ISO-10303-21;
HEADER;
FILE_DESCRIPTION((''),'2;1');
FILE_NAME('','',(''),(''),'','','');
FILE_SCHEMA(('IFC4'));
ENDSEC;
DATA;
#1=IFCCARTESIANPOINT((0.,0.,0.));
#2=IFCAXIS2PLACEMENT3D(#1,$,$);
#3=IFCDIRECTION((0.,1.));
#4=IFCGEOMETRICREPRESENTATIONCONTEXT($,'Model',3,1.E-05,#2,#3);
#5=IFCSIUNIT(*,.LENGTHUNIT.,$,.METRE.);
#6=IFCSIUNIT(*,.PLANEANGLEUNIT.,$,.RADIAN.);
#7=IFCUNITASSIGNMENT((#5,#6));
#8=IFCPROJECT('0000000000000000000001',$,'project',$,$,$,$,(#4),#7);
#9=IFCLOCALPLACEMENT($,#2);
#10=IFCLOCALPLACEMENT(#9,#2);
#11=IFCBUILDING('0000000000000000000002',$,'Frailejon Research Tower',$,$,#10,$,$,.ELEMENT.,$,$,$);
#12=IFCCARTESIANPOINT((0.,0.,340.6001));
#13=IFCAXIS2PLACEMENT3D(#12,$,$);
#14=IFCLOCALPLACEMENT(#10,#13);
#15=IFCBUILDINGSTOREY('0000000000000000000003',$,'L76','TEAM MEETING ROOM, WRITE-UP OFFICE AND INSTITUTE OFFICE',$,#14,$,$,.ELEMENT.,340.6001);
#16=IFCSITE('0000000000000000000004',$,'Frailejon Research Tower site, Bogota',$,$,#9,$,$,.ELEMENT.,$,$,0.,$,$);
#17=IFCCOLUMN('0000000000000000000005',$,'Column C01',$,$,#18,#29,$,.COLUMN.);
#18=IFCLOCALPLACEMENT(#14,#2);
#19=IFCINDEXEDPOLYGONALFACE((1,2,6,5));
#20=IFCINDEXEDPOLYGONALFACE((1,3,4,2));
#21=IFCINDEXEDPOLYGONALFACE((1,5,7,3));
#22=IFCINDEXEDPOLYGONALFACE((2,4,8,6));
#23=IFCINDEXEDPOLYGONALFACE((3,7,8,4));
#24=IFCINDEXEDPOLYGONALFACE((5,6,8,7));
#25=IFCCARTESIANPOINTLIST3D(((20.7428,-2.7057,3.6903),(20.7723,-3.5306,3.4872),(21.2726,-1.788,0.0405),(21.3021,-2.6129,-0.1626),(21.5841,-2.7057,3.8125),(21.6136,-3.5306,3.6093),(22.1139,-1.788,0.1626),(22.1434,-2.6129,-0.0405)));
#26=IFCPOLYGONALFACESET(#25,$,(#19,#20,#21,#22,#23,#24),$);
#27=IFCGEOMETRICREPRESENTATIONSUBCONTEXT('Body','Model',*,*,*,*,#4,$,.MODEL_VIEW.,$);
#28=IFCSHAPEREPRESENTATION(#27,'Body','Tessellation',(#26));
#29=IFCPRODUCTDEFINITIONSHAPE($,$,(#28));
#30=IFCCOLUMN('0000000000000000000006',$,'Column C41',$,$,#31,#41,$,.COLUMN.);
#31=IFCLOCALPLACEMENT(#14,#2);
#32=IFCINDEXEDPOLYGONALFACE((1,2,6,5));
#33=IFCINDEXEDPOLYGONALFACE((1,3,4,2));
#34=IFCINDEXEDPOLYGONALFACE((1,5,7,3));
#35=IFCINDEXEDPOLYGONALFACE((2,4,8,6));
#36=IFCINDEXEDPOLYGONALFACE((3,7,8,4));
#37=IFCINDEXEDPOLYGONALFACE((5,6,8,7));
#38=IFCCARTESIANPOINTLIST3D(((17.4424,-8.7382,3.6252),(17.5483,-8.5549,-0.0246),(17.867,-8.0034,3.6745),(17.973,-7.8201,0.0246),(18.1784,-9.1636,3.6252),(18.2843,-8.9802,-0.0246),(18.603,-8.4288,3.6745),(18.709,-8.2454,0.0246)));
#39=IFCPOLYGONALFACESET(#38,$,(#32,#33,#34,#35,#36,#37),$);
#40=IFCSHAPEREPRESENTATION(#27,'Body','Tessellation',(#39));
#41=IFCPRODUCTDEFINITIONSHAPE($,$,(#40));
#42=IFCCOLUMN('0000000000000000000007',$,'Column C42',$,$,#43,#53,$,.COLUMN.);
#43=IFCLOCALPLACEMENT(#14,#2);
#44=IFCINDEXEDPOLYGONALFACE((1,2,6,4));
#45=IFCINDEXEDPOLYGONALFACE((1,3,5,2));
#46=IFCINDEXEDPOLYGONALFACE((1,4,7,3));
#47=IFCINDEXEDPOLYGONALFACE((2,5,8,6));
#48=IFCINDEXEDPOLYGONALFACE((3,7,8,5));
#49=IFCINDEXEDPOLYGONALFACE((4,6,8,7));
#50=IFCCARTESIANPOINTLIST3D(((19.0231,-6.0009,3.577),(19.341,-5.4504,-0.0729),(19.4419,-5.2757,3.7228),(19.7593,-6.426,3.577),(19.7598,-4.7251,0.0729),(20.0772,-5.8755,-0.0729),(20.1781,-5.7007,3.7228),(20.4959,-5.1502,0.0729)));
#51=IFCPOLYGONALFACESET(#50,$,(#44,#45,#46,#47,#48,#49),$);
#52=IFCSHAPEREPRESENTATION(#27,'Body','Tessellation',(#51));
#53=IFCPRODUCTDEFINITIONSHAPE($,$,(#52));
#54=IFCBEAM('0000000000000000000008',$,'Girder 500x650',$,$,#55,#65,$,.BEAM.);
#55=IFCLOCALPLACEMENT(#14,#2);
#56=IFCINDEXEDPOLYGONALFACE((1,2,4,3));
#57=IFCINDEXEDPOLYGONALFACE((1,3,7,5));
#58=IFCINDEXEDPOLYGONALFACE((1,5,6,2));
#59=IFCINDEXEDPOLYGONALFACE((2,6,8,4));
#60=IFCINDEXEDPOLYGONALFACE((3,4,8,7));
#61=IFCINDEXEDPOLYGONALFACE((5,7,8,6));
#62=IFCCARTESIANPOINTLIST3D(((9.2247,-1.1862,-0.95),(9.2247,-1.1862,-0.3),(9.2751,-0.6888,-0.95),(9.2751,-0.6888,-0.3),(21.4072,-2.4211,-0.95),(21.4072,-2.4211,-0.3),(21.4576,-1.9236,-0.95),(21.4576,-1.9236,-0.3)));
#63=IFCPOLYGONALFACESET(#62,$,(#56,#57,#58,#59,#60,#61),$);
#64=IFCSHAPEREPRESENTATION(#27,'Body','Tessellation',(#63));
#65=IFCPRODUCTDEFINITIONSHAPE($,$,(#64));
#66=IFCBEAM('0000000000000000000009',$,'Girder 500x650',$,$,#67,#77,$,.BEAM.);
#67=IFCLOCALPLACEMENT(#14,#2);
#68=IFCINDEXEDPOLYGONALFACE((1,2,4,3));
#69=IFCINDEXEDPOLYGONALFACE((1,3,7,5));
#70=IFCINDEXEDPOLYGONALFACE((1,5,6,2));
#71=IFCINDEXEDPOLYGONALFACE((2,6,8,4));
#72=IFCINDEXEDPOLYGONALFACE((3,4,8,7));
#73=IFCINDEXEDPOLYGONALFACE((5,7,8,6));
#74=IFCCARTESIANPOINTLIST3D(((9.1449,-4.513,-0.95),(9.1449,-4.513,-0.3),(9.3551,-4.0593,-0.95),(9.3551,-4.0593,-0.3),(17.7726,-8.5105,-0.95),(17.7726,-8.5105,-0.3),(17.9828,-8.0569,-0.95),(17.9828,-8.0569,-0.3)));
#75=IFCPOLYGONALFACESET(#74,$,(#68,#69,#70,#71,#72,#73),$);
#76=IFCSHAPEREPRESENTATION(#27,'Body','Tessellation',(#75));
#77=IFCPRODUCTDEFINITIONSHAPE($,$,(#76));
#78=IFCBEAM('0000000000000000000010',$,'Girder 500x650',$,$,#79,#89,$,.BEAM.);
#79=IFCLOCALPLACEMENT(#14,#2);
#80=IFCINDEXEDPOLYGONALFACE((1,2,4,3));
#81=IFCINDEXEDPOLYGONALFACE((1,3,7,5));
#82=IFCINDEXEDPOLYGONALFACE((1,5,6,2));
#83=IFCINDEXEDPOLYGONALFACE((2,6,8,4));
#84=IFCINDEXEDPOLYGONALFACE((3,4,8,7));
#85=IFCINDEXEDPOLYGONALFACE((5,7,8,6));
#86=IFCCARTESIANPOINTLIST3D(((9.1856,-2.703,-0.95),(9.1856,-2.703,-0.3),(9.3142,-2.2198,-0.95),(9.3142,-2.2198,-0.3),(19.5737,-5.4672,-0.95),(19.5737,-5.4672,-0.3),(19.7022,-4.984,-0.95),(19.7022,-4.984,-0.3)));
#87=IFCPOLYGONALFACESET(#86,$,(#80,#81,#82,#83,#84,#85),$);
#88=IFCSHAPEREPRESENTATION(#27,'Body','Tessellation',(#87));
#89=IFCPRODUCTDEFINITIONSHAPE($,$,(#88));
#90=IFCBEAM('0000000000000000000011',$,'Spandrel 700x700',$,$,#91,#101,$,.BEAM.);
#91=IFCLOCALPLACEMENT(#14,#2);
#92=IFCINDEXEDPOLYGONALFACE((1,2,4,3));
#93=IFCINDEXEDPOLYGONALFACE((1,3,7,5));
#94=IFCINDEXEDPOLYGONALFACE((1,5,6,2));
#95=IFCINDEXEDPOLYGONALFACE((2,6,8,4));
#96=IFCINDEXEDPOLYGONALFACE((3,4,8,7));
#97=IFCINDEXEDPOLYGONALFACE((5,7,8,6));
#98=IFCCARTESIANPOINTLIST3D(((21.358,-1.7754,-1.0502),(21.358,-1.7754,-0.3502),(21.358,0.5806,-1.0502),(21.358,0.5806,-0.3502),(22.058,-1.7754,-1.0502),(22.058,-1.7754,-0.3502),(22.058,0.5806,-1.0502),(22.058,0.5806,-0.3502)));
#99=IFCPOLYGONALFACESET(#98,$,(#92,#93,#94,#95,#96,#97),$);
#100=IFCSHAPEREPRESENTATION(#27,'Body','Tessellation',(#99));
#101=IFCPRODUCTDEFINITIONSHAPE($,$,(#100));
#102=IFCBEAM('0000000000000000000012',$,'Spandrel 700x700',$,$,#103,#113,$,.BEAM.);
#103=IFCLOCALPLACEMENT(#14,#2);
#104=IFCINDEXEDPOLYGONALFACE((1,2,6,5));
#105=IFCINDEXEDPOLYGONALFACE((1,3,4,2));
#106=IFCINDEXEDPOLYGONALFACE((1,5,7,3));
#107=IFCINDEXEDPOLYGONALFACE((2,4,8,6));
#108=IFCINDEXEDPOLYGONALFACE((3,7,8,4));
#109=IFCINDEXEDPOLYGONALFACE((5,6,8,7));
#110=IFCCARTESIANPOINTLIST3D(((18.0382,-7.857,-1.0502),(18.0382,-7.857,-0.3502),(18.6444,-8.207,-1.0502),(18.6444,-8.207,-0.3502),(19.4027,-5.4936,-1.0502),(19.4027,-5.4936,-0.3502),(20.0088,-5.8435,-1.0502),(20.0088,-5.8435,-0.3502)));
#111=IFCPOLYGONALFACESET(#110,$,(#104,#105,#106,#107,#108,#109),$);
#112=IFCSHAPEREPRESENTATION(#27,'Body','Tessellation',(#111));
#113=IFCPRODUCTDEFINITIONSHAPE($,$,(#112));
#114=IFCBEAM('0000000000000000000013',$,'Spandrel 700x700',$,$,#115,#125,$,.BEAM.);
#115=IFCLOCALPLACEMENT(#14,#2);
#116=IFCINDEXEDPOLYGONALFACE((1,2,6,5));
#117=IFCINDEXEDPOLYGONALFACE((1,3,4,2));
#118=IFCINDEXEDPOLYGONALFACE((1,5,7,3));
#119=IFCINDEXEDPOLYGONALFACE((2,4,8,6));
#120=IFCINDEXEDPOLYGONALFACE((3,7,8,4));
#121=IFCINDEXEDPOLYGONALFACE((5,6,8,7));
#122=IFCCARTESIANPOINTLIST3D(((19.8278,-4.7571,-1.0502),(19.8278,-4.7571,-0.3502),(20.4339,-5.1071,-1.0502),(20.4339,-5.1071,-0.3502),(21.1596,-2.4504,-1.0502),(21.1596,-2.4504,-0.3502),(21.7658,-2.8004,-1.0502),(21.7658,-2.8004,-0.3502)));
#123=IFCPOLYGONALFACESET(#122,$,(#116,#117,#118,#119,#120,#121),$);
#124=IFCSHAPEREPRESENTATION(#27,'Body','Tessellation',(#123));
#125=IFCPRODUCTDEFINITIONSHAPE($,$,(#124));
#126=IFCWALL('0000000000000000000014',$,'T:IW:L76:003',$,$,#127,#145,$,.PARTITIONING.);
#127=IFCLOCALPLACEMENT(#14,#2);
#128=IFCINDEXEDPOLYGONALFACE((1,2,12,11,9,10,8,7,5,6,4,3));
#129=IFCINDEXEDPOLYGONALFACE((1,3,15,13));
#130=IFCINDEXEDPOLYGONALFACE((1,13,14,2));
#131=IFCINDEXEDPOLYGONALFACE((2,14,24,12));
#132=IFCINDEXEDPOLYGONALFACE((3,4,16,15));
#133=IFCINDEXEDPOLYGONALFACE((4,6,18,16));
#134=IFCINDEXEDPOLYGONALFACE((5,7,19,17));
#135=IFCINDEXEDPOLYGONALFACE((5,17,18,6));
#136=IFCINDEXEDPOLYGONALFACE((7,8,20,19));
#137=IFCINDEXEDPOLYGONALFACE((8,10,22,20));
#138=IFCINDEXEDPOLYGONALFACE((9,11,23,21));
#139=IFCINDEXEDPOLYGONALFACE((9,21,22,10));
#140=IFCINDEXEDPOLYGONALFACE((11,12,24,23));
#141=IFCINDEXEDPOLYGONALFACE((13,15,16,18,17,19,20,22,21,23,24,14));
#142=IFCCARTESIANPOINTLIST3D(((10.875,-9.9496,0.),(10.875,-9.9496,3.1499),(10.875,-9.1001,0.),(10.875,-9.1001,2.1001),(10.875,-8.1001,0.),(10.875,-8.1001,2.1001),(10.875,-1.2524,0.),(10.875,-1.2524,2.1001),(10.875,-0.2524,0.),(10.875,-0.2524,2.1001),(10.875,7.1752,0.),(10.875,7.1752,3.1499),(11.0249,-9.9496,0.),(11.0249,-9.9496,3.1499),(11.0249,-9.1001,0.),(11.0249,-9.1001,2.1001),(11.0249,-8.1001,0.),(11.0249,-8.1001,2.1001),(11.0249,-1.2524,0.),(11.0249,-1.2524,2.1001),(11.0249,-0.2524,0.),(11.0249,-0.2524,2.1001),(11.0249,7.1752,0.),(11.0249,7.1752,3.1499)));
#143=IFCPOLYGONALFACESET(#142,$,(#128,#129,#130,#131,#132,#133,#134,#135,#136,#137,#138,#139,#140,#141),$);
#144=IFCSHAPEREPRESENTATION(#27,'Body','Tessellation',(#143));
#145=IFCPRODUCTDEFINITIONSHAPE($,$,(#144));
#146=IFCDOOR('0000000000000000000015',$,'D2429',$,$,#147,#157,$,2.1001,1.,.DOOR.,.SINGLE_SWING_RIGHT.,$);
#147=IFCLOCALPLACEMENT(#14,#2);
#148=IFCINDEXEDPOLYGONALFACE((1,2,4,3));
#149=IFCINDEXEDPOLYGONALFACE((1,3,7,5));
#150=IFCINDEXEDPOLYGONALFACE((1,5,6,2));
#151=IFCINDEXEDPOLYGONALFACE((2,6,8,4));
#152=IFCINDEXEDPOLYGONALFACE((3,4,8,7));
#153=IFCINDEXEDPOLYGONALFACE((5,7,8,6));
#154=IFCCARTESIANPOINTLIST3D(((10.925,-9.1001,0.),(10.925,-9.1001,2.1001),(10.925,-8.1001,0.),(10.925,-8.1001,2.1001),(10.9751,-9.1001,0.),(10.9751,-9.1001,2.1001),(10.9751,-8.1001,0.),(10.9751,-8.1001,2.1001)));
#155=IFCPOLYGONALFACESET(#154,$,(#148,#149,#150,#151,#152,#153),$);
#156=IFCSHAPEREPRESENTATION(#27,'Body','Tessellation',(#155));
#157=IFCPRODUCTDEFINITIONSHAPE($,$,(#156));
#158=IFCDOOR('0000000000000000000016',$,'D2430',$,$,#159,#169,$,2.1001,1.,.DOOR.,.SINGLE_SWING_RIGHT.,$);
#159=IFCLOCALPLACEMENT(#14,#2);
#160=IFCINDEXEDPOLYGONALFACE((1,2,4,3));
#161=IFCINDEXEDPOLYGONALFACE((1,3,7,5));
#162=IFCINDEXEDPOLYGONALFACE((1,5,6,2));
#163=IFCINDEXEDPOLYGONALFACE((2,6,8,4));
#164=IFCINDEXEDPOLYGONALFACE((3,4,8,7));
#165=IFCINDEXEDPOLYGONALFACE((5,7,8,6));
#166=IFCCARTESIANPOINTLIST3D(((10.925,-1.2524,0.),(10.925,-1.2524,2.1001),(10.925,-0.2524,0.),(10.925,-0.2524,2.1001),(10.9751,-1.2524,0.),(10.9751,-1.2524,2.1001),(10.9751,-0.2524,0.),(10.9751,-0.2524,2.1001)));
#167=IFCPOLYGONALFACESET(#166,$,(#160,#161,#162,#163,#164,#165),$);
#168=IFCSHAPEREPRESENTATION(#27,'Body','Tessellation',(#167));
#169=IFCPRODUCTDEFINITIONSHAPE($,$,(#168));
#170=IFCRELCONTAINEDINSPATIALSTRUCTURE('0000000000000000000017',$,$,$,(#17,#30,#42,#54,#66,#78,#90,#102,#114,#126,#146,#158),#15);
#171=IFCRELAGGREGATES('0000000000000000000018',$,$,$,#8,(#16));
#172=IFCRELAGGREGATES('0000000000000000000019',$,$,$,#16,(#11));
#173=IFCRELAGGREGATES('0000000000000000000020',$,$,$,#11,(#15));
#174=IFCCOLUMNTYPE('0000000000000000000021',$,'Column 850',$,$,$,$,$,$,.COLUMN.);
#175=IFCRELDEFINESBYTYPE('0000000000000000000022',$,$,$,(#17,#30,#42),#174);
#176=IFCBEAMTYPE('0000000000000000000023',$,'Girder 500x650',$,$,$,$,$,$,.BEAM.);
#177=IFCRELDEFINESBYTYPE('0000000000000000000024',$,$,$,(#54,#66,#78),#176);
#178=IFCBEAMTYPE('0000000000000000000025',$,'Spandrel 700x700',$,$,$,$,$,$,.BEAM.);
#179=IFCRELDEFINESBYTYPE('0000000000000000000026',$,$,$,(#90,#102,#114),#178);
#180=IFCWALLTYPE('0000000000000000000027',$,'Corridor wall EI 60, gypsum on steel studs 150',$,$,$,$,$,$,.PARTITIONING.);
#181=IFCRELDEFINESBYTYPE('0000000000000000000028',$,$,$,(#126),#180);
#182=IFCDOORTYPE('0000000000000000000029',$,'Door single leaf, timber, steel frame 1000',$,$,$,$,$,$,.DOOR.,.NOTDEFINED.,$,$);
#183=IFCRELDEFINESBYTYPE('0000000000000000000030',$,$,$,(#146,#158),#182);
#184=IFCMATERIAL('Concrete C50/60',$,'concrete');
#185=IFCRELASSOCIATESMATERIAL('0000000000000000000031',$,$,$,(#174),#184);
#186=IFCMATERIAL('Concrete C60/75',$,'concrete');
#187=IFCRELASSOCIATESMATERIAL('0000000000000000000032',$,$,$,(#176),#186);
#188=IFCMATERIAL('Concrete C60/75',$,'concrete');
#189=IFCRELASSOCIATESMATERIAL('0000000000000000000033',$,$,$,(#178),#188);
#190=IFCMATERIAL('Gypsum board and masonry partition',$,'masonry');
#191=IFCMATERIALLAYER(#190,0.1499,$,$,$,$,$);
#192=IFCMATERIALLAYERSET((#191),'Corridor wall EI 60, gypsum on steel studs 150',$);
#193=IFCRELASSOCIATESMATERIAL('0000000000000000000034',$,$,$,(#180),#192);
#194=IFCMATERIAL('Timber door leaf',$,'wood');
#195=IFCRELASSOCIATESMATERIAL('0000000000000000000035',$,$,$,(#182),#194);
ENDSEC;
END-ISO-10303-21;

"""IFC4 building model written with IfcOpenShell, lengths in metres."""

from ifc_helpers import new_model, si_unit, direction, frame, frame_2d, origin, origin_2d, place, context, subcontext, project, spatial, rectangle, extrude, material, layer, layer_set, material_profile, profile_set, type_object, element, fill, save


model = new_model("IFC4")

# Units and contexts
model_context = context("Model", 3, precision=1e-05, world=origin(), true_north=direction((0.0, 1.0)))
body_context = subcontext(model_context, "Body", "Model", "MODEL_VIEW")
ifc_project = project(units=[si_unit("LENGTHUNIT", "METRE"), si_unit("PLANEANGLEUNIT", "RADIAN")], contexts=[model_context])

# Site, building, storey
site_placement = place(None, origin())
site = spatial("IfcSite", under=ifc_project, at=site_placement, Name="Frailejon Research Tower site, Bogota", CompositionType="ELEMENT", RefElevation=0.0)
building_placement = place(site_placement, origin())
building = spatial("IfcBuilding", under=site, at=building_placement, Name="Frailejon Research Tower", CompositionType="ELEMENT")
storey_placement = place(building_placement, frame((0.0, 0.0, 340.6001)))
storey = spatial("IfcBuildingStorey", under=building, at=storey_placement, Name="L76", Description="TEAM MEETING ROOM, WRITE-UP OFFICE AND INSTITUTE OFFICE", CompositionType="ELEMENT", Elevation=340.6001)

# Columns
ifc_material_1 = material(Name="Concrete C50/60", Category="concrete")
ifc_material_profile_1 = material_profile(ifc_material_1, rectangle(XDim=0.8501, YDim=0.8501, at=origin_2d()), Name="Column 850")
ifc_profile_set_1 = profile_set([ifc_material_profile_1], Name="Concrete C50/60")
column_type = type_object("IfcColumnType", Name="Column 850", PredefinedType="COLUMN", material=ifc_profile_set_1)
column_1_placement = place(storey_placement, frame((21.708, -2.2004, 0.0), z_axis=(-0.139395, -0.241467, 0.960345), x_axis=(-0.034705, 0.970409, 0.23896)))
element("IfcColumn", 1, at=column_1_placement, inside=storey, type_object=column_type, Name="Column C01", PredefinedType="COLUMN", context=body_context, shape_type="SweptSolid", body=[
    extrude(rectangle(XDim=0.8501, YDim=0.8501, at=origin_2d()), origin(), (0.0, 0.0, 1.0), 3.8005),
])
column_2_placement = place(storey_placement, frame((18.1287, -8.4001, 0.0), z_axis=(-0.028981, -0.05015, 0.998321), x_axis=(0.499531, 0.864357, 0.057922)))
element("IfcColumn", 2, at=column_2_placement, inside=storey, type_object=column_type, Name="Column C41", PredefinedType="COLUMN", context=body_context, shape_type="SweptSolid", body=[
    extrude(rectangle(XDim=0.8501, YDim=0.8501, at=origin_2d()), origin(), (0.0, 0.0, 1.0), 3.656),
])
column_3_placement = place(storey_placement, frame((19.9185, -5.3003, 0.0), z_axis=(-0.085799, -0.148599, 0.985168), x_axis=(0.492622, 0.853159, 0.17159)))
element("IfcColumn", 3, at=column_3_placement, inside=storey, type_object=column_type, Name="Column C42", PredefinedType="COLUMN", context=body_context, shape_type="SweptSolid", body=[
    extrude(rectangle(XDim=0.8501, YDim=0.8501, at=origin_2d()), origin(), (0.0, 0.0, 1.0), 3.7048),
])

# Beams
ifc_material_2 = material(Name="Concrete C60/75", Category="concrete")
ifc_material_profile_2 = material_profile(ifc_material_2, rectangle(XDim=0.5, YDim=0.6499, at=origin_2d()), Name="Girder 500x650")
ifc_profile_set_2 = profile_set([ifc_material_profile_2], Name="Concrete C60/75")
beam_type_1 = type_object("IfcBeamType", Name="Girder 500x650", PredefinedType="BEAM", material=ifc_profile_set_2)
beam_1_placement = place(storey_placement, frame((21.4324, -2.1724, -0.625), z_axis=(-0.994902, 0.100848, 0.0), x_axis=(-0.100848, -0.994902, 0.0)))
element("IfcBeam", 4, at=beam_1_placement, inside=storey, type_object=beam_type_1, Name="Girder 500x650", PredefinedType="BEAM", context=body_context, shape_type="SweptSolid", body=[
    extrude(rectangle(XDim=0.5, YDim=0.6499, at=origin_2d()), origin(), (0.0, 0.0, 1.0), 12.2449),
])
beam_2_placement = place(storey_placement, frame((17.8777, -8.2837, -0.625), z_axis=(-0.907336, 0.420406, 0.0), x_axis=(-0.420406, -0.907336, 0.0)))
element("IfcBeam", 5, at=beam_2_placement, inside=storey, type_object=beam_type_1, Name="Girder 500x650", PredefinedType="BEAM", context=body_context, shape_type="SweptSolid", body=[
    extrude(rectangle(XDim=0.5, YDim=0.6499, at=origin_2d()), origin(), (0.0, 0.0, 1.0), 9.5088),
])
beam_3_placement = place(storey_placement, frame((19.6379, -5.2256, -0.625), z_axis=(-0.966373, 0.257145, 0.0), x_axis=(-0.257145, -0.966373, 0.0)))
element("IfcBeam", 6, at=beam_3_placement, inside=storey, type_object=beam_type_1, Name="Girder 500x650", PredefinedType="BEAM", context=body_context, shape_type="SweptSolid", body=[
    extrude(rectangle(XDim=0.5, YDim=0.6499, at=origin_2d()), origin(), (0.0, 0.0, 1.0), 10.7495),
])
ifc_material_3 = material(Name="Concrete C60/75", Category="concrete")
ifc_material_profile_3 = material_profile(ifc_material_3, rectangle(XDim=0.7, YDim=0.7, at=origin_2d()), Name="Spandrel 700x700")
ifc_profile_set_3 = profile_set([ifc_material_profile_3], Name="Concrete C60/75")
beam_type_2 = type_object("IfcBeamType", Name="Spandrel 700x700", PredefinedType="BEAM", material=ifc_profile_set_3)
beam_4_placement = place(storey_placement, frame((21.708, -1.7754, -0.7002), z_axis=(0.0, 1.0, 0.0), x_axis=(-1.0, 0.0, 0.0)))
element("IfcBeam", 7, at=beam_4_placement, inside=storey, type_object=beam_type_2, Name="Spandrel 700x700", PredefinedType="BEAM", context=body_context, shape_type="SweptSolid", body=[
    extrude(rectangle(XDim=0.7, YDim=0.7, at=origin_2d()), origin(), (0.0, 0.0, 1.0), 2.356),
])
beam_5_placement = place(storey_placement, frame((18.3413, -8.032, -0.7002), z_axis=(0.499978, 0.866038, 0.0), x_axis=(-0.866038, 0.499978, 0.0)))
element("IfcBeam", 8, at=beam_5_placement, inside=storey, type_object=beam_type_2, Name="Spandrel 700x700", PredefinedType="BEAM", context=body_context, shape_type="SweptSolid", body=[
    extrude(rectangle(XDim=0.7, YDim=0.7, at=origin_2d()), origin(), (0.0, 0.0, 1.0), 2.729),
])
beam_6_placement = place(storey_placement, frame((20.1309, -4.9321, -0.7002), z_axis=(0.500013, 0.866018, 0.0), x_axis=(-0.866018, 0.500013, 0.0)))
element("IfcBeam", 9, at=beam_6_placement, inside=storey, type_object=beam_type_2, Name="Spandrel 700x700", PredefinedType="BEAM", context=body_context, shape_type="SweptSolid", body=[
    extrude(rectangle(XDim=0.7, YDim=0.7, at=origin_2d()), origin(), (0.0, 0.0, 1.0), 2.6636),
])

# Wall, openings, doors
ifc_material_4 = material(Name="Gypsum board and masonry partition", Category="masonry")
ifc_layer_1 = layer(ifc_material_4, 0.1499)
ifc_layer_set_1 = layer_set([ifc_layer_1], Name="Corridor wall EI 60, gypsum on steel studs 150")
wall_type_1 = type_object("IfcWallType", Name="Corridor wall EI 60, gypsum on steel studs 150", PredefinedType="PARTITIONING", material=ifc_layer_set_1)
wall_1_placement = place(storey_placement, frame((10.95, -9.9497, 0.0), z_axis=(0.0, 0.0, 1.0), x_axis=(0.0, 1.0, 0.0)))
wall_1 = element("IfcWall", 10, at=wall_1_placement, inside=storey, type_object=wall_type_1, Name="T:IW:L76:003", PredefinedType="PARTITIONING", context=body_context, shape_type="SweptSolid", body=[
    extrude(rectangle(XDim=17.1248, YDim=0.1499, at=frame_2d((8.5625, 0.0))), origin(), (0.0, 0.0, 1.0), 3.1499),
])
opening_1_placement = place(wall_1_placement, frame((0.8496, 0.0, 0.0)))
opening_1 = element("IfcOpeningElement", 11, at=opening_1_placement, cuts=wall_1, PredefinedType="OPENING", context=body_context, shape_type="SweptSolid", body=[
    extrude(rectangle(XDim=1.0, YDim=2.1001, at=frame_2d((0.5, 1.05))), frame((0.0, 0.085, 0.0), z_axis=(0.0, -1.0, 0.0), x_axis=(1.0, 0.0, 0.0)), (0.0, 0.0, 1.0), 0.1699),
])
opening_2_placement = place(wall_1_placement, frame((8.6973, 0.0, 0.0)))
opening_2 = element("IfcOpeningElement", 12, at=opening_2_placement, cuts=wall_1, PredefinedType="OPENING", context=body_context, shape_type="SweptSolid", body=[
    extrude(rectangle(XDim=1.0, YDim=2.1001, at=frame_2d((0.5, 1.05))), frame((0.0, 0.085, 0.0), z_axis=(0.0, -1.0, 0.0), x_axis=(1.0, 0.0, 0.0)), (0.0, 0.0, 1.0), 0.1699),
])
ifc_material_5 = material(Name="Timber door leaf", Category="wood")
door_type = type_object("IfcDoorType", Name="Door single leaf, timber, steel frame 1000", OperationType="NOTDEFINED", PredefinedType="DOOR", material=ifc_material_5)
door_1_placement = place(opening_1_placement, origin())
door_1 = element("IfcDoor", 13, at=door_1_placement, inside=storey, type_object=door_type, Name="D2429", OperationType="SINGLE_SWING_RIGHT", OverallHeight=2.1001, OverallWidth=1.0, PredefinedType="DOOR", context=body_context, shape_type="SweptSolid", body=[
    extrude(rectangle(XDim=1.0, YDim=2.1001, at=frame_2d((0.5, 1.05))), frame((0.0, 0.0249, 0.0), z_axis=(0.0, -1.0, 0.0), x_axis=(1.0, 0.0, 0.0)), (0.0, 0.0, 1.0), 0.05),
])
fill(opening_1, door_1)
door_2_placement = place(opening_2_placement, origin())
door_2 = element("IfcDoor", 14, at=door_2_placement, inside=storey, type_object=door_type, Name="D2430", OperationType="SINGLE_SWING_RIGHT", OverallHeight=2.1001, OverallWidth=1.0, PredefinedType="DOOR", context=body_context, shape_type="SweptSolid", body=[
    extrude(rectangle(XDim=1.0, YDim=2.1001, at=frame_2d((0.5, 1.05))), frame((0.0, 0.0249, 0.0), z_axis=(0.0, -1.0, 0.0), x_axis=(1.0, 0.0, 0.0)), (0.0, 0.0, 1.0), 0.05),
])
fill(opening_2, door_2)

save(model, "model.ifc")
